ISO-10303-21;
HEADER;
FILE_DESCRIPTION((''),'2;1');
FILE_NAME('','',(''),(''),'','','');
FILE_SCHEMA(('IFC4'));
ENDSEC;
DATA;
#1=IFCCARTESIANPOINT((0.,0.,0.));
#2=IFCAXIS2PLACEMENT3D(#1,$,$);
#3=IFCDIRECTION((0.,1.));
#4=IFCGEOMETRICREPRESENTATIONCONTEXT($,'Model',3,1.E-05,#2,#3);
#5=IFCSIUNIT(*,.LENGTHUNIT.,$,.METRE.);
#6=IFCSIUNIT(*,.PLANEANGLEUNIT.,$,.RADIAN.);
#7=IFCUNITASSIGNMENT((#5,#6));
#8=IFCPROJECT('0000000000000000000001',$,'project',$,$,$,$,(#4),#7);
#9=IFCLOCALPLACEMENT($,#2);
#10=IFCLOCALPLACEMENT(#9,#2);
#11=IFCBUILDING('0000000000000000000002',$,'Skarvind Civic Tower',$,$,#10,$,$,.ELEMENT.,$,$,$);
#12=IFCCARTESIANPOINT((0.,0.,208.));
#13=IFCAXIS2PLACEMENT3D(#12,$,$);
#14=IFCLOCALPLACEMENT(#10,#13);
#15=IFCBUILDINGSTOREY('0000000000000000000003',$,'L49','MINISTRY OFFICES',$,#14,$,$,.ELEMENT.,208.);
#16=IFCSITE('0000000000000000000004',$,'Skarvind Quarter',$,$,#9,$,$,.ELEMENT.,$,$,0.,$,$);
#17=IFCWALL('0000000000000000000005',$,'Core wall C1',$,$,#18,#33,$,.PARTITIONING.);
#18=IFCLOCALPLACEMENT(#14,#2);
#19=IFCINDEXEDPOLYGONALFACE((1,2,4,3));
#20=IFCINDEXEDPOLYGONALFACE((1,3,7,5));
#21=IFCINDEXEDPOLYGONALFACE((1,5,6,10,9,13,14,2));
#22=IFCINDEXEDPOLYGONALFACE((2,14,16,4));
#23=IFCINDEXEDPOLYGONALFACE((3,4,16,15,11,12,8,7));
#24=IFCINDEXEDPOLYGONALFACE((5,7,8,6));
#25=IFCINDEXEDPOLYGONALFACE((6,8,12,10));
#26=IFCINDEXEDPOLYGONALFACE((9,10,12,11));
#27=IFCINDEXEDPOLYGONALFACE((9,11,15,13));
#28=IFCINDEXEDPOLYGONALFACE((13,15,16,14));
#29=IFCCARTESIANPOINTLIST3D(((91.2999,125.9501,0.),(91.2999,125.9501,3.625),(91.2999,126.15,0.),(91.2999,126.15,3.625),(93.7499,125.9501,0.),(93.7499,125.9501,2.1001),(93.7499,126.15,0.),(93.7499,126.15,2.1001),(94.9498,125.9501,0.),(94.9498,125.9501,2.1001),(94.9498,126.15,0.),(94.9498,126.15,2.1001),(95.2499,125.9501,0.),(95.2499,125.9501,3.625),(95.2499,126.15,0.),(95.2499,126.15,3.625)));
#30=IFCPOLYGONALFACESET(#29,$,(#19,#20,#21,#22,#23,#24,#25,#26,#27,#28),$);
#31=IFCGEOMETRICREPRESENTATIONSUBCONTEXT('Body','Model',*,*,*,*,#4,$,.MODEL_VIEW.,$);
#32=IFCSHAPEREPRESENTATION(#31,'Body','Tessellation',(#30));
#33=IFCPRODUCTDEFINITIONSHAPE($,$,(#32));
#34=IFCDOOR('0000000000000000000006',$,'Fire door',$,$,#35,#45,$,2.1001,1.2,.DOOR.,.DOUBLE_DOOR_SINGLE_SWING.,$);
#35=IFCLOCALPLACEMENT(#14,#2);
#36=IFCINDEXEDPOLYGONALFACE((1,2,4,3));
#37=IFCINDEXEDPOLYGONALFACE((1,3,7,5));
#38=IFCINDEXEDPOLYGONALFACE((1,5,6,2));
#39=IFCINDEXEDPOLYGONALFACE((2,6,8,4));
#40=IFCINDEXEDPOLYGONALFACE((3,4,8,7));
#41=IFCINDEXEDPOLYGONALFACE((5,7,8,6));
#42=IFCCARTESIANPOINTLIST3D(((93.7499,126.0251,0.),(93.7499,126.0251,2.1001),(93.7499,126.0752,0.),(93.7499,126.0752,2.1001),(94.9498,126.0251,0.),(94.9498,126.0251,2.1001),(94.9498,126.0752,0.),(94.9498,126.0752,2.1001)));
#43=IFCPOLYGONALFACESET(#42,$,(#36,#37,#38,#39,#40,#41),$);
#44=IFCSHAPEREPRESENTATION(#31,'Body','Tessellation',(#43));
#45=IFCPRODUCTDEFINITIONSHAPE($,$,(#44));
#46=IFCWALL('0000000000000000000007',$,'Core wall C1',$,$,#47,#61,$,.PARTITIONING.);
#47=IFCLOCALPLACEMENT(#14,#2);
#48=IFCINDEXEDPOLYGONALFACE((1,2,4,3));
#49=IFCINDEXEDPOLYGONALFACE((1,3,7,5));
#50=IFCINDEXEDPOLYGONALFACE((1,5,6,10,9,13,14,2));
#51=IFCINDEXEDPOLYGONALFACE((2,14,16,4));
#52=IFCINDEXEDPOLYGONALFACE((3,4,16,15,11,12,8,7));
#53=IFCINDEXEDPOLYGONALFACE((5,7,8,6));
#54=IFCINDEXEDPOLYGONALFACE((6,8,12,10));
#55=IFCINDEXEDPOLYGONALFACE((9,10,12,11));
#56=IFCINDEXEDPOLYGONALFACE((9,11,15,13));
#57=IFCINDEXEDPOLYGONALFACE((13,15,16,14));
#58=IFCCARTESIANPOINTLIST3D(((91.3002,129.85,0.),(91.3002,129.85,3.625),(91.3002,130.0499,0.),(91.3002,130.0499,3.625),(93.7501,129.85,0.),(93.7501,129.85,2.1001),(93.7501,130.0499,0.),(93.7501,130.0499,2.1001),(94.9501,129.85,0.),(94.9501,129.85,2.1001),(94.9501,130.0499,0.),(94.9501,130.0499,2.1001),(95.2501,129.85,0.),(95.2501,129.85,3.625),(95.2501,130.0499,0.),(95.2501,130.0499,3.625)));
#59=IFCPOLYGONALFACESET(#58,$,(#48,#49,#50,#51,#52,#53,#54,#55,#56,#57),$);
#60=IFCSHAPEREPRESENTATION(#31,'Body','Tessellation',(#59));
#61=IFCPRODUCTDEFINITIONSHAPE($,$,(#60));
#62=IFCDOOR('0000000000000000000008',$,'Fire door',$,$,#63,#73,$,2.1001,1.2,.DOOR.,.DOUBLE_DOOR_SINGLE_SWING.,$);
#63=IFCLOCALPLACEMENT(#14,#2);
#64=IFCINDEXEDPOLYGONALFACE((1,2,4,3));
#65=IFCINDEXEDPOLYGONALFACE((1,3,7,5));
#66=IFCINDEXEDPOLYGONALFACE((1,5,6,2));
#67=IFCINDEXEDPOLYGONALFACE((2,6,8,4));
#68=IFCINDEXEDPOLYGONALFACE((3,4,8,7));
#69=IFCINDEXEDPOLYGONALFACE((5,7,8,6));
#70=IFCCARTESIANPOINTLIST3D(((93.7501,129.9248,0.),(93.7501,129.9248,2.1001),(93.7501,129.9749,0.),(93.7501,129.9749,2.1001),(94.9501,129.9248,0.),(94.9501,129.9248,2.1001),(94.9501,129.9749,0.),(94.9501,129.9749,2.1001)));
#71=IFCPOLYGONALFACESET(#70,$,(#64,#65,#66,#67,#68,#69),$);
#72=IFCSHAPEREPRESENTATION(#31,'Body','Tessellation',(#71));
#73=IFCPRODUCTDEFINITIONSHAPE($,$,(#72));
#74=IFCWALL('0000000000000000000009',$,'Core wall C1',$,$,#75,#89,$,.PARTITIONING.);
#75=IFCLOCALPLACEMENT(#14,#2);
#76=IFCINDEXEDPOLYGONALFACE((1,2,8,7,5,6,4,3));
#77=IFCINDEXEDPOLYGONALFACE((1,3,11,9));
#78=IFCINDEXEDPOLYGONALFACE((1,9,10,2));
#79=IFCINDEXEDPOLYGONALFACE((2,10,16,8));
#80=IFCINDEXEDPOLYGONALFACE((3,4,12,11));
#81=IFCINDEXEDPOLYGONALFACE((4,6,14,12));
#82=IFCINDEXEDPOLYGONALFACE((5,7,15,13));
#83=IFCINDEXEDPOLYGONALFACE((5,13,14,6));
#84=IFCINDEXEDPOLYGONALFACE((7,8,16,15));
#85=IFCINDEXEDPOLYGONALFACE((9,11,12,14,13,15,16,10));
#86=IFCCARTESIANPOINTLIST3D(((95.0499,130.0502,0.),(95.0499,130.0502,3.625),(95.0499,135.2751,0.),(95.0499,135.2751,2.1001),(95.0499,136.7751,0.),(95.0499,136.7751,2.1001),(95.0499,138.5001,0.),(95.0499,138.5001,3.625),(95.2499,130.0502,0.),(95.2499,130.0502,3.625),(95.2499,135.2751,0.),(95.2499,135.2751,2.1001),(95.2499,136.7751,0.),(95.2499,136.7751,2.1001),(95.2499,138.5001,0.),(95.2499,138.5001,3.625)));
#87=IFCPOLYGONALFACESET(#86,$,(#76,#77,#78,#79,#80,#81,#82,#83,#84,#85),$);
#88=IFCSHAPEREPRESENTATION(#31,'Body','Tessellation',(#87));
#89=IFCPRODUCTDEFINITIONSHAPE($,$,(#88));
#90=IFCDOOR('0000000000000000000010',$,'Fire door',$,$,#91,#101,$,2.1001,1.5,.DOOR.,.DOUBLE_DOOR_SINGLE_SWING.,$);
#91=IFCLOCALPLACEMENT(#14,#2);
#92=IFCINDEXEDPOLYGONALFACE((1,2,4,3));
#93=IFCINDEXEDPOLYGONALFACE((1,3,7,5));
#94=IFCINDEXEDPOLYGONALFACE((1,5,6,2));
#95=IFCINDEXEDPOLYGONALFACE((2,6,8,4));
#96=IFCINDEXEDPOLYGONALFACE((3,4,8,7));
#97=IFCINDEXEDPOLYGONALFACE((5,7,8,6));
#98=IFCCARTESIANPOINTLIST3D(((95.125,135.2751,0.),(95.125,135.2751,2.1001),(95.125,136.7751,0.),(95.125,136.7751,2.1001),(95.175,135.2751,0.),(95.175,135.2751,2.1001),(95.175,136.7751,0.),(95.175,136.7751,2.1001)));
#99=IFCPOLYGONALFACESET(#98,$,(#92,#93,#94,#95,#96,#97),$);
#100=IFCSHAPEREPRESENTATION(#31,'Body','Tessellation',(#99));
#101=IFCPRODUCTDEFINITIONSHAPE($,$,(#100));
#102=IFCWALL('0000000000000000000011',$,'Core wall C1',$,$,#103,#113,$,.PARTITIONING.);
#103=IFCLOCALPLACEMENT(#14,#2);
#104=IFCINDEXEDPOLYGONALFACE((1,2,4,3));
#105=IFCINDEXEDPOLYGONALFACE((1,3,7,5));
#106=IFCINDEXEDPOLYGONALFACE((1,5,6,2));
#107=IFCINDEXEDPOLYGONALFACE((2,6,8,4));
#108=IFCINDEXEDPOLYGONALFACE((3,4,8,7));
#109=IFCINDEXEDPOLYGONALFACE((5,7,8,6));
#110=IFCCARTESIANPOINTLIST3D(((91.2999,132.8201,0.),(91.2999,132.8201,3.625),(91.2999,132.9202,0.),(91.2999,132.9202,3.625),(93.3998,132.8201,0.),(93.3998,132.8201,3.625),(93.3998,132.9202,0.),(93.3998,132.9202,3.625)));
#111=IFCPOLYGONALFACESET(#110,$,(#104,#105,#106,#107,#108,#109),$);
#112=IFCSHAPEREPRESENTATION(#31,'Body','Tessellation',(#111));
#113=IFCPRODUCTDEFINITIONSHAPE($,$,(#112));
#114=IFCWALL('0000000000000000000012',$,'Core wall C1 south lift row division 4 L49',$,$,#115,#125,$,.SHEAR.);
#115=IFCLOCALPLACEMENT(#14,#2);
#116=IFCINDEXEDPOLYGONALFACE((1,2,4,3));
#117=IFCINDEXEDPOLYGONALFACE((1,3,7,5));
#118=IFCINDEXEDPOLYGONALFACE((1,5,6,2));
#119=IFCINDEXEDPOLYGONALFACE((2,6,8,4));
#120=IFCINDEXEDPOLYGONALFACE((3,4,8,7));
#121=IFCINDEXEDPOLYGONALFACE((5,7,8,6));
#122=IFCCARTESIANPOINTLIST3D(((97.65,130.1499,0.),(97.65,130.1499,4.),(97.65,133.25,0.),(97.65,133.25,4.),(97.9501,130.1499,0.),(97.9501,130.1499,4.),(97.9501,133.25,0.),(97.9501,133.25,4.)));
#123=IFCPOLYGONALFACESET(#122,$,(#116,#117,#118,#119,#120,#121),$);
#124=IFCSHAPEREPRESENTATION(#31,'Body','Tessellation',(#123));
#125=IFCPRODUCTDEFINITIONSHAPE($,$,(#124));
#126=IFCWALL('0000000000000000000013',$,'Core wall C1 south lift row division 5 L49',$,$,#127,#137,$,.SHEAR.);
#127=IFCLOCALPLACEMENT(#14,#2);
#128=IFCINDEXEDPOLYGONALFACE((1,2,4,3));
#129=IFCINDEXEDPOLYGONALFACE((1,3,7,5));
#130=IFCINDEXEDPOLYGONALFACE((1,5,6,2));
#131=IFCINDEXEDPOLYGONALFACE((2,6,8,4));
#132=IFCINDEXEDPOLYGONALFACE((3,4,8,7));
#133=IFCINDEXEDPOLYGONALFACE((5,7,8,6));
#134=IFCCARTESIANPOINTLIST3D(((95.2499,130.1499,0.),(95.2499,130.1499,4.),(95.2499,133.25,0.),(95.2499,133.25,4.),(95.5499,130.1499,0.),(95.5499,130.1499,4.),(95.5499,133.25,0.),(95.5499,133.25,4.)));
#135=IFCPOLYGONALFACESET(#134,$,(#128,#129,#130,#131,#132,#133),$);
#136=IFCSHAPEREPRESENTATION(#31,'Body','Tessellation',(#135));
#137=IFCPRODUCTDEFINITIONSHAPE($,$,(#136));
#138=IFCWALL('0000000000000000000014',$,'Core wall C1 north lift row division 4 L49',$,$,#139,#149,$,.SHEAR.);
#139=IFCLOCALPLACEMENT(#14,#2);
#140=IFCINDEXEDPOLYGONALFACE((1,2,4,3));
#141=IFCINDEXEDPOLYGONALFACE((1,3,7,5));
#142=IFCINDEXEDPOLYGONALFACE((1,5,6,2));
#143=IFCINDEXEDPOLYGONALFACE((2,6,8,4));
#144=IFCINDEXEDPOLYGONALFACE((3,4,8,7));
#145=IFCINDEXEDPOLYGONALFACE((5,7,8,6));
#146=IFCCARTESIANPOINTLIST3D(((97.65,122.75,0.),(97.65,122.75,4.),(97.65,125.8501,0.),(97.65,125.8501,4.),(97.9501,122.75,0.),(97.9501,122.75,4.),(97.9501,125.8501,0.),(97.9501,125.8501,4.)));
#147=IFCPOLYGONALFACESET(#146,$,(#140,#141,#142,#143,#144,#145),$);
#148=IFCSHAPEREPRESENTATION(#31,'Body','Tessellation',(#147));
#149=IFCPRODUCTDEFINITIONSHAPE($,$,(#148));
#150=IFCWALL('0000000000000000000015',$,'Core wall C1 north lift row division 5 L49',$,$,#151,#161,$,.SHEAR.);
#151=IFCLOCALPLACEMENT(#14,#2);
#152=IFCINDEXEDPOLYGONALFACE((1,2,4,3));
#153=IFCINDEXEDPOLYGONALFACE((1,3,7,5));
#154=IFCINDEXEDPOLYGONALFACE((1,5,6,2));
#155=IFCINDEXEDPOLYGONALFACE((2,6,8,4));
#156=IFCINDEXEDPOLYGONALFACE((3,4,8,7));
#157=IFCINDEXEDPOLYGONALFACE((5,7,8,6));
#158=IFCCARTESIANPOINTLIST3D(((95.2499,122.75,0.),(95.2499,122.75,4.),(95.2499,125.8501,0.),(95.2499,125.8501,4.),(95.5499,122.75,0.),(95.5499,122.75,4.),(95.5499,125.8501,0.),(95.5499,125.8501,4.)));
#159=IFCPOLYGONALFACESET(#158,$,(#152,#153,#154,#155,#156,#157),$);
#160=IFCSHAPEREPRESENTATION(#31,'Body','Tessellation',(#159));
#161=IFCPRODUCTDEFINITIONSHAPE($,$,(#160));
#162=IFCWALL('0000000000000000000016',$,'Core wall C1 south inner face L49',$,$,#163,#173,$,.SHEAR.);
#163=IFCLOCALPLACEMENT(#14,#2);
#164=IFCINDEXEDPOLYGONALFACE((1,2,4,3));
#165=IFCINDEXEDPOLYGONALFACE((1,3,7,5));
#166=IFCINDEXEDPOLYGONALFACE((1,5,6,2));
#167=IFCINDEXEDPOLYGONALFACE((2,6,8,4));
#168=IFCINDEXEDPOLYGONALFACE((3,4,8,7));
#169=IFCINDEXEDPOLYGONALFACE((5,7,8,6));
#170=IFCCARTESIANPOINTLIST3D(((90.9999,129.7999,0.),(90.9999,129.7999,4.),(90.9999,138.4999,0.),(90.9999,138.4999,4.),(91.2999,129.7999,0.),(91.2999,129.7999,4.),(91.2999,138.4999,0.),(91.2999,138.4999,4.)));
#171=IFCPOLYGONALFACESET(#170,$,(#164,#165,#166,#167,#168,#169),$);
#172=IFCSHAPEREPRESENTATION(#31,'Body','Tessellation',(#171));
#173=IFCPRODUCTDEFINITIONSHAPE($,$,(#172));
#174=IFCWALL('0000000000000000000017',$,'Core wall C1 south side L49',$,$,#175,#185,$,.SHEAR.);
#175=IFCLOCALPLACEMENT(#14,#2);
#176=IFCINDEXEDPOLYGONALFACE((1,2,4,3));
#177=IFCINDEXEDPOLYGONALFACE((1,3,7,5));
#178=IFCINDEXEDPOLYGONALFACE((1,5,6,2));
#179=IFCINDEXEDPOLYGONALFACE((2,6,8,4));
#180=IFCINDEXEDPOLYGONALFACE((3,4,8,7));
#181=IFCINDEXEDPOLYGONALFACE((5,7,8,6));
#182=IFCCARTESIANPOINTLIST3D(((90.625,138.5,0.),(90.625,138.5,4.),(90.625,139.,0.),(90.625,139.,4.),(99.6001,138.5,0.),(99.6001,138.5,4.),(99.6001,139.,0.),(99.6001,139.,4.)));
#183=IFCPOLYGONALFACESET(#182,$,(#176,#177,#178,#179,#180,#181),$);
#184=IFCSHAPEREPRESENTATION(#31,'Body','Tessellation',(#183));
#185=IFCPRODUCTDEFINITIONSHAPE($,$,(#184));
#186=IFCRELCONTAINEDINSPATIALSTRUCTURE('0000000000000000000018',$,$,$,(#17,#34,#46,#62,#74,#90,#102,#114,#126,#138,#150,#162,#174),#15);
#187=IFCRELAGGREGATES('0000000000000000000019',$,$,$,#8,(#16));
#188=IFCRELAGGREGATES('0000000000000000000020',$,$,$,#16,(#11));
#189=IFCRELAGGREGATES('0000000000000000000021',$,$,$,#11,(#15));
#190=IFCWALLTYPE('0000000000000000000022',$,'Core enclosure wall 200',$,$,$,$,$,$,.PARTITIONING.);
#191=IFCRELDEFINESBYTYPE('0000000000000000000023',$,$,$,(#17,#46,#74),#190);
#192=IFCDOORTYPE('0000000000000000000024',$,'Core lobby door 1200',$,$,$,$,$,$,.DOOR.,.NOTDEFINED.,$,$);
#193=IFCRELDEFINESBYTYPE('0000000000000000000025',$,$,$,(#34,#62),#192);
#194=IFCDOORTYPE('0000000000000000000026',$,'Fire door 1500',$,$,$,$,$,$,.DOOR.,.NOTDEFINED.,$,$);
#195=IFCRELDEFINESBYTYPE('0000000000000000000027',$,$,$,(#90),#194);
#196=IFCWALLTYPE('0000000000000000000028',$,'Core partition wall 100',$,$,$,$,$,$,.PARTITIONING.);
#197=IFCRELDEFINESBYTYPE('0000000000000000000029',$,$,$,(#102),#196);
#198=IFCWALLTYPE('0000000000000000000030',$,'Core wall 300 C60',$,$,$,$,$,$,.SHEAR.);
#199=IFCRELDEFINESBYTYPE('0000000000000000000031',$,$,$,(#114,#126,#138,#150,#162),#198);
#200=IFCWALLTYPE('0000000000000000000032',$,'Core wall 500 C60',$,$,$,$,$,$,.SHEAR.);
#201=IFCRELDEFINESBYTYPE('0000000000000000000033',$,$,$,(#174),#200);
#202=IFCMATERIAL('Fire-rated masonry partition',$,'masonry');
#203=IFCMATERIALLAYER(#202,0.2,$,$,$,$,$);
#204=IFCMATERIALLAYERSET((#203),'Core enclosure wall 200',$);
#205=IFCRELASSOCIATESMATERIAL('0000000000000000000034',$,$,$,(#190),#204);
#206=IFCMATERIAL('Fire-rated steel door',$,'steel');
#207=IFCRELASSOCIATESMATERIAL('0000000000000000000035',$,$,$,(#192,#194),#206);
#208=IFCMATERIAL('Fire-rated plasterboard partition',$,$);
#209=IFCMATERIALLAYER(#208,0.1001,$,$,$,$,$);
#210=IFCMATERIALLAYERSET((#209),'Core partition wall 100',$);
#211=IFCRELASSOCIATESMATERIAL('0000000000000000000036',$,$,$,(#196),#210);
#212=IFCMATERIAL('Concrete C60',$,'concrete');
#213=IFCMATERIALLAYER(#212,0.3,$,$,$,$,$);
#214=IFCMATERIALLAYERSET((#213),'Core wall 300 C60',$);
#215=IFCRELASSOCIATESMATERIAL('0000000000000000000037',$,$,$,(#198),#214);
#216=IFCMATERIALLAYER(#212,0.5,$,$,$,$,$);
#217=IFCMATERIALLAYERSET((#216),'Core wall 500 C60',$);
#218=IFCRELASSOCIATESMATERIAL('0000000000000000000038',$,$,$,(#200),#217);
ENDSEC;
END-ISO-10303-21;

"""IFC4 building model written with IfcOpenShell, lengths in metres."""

from ifc_helpers import new_model, si_unit, direction, frame, frame_2d, origin, place, context, subcontext, project, spatial, rectangle, extrude, material, layer, layer_set, type_object, element, fill, save


model = new_model("IFC4")

# Units and contexts
model_context = context("Model", 3, precision=1e-05, world=origin(), true_north=direction((0.0, 1.0)))
body_context = subcontext(model_context, "Body", "Model", "MODEL_VIEW")
ifc_project = project(units=[si_unit("LENGTHUNIT", "METRE"), si_unit("PLANEANGLEUNIT", "RADIAN")], contexts=[model_context])

# Site, building, storey
site_placement = place(None, origin())
site = spatial("IfcSite", under=ifc_project, at=site_placement, Name="Skarvind Quarter", CompositionType="ELEMENT", RefElevation=0.0)
building_placement = place(site_placement, origin())
building = spatial("IfcBuilding", under=site, at=building_placement, Name="Skarvind Civic Tower", CompositionType="ELEMENT")
storey_placement = place(building_placement, frame((0.0, 0.0, 208.0)))
storey = spatial("IfcBuildingStorey", under=building, at=storey_placement, Name="L49", Description="MINISTRY OFFICES", CompositionType="ELEMENT", Elevation=208.0)

# Walls, openings, doors
ifc_material_1 = material(Name="Fire-rated masonry partition", Category="masonry")
ifc_layer_1 = layer(ifc_material_1, 0.2)
ifc_layer_set_1 = layer_set([ifc_layer_1], Name="Core enclosure wall 200")
wall_type_1 = type_object("IfcWallType", Name="Core enclosure wall 200", PredefinedType="PARTITIONING", material=ifc_layer_set_1)
wall_1_placement = place(storey_placement, frame((95.25, 126.05, 0.0), z_axis=(0.0, 0.0, 1.0), x_axis=(-1.0, 0.0, 0.0)))
wall_1 = element("IfcWall", 1, at=wall_1_placement, inside=storey, type_object=wall_type_1, Name="Core wall C1", PredefinedType="PARTITIONING", context=body_context, shape_type="SweptSolid", body=[
    extrude(rectangle(XDim=3.95, YDim=0.2, at=frame_2d((1.9751, 0.0))), origin(), (0.0, 0.0, 1.0), 3.625),
])
opening_1_placement = place(wall_1_placement, frame((0.3, 0.0, 0.0)))
opening_1 = element("IfcOpeningElement", 2, at=opening_1_placement, cuts=wall_1, PredefinedType="OPENING", context=body_context, shape_type="SweptSolid", body=[
    extrude(rectangle(XDim=1.2, YDim=2.1001, at=frame_2d((0.6001, 1.05))), frame((0.0, 0.1099, 0.0), z_axis=(0.0, -1.0, 0.0), x_axis=(1.0, 0.0, 0.0)), (0.0, 0.0, 1.0), 0.22),
])
ifc_material_2 = material(Name="Fire-rated steel door", Category="steel")
door_type_1 = type_object("IfcDoorType", Name="Core lobby door 1200", OperationType="NOTDEFINED", PredefinedType="DOOR", material=ifc_material_2)
door_1_placement = place(opening_1_placement, origin())
door_1 = element("IfcDoor", 3, at=door_1_placement, inside=storey, type_object=door_type_1, Name="Fire door", OperationType="DOUBLE_DOOR_SINGLE_SWING", OverallHeight=2.1001, OverallWidth=1.2, PredefinedType="DOOR", context=body_context, shape_type="SweptSolid", body=[
    extrude(rectangle(XDim=1.2, YDim=2.1001, at=frame_2d((0.6001, 1.05))), frame((0.0, 0.0249, 0.0), z_axis=(0.0, -1.0, 0.0), x_axis=(1.0, 0.0, 0.0)), (0.0, 0.0, 1.0), 0.05),
])
fill(opening_1, door_1)
wall_2_placement = place(storey_placement, frame((91.3, 129.95, 0.0), z_axis=(0.0, 0.0, 1.0), x_axis=(1.0, 0.0, 0.0)))
wall_2 = element("IfcWall", 4, at=wall_2_placement, inside=storey, type_object=wall_type_1, Name="Core wall C1", PredefinedType="PARTITIONING", context=body_context, shape_type="SweptSolid", body=[
    extrude(rectangle(XDim=3.95, YDim=0.2, at=frame_2d((1.9751, 0.0))), origin(), (0.0, 0.0, 1.0), 3.625),
])
opening_2_placement = place(wall_2_placement, frame((2.45, 0.0, 0.0)))
opening_2 = element("IfcOpeningElement", 5, at=opening_2_placement, cuts=wall_2, PredefinedType="OPENING", context=body_context, shape_type="SweptSolid", body=[
    extrude(rectangle(XDim=1.2, YDim=2.1001, at=frame_2d((0.6001, 1.05))), frame((0.0, 0.1099, 0.0), z_axis=(0.0, -1.0, 0.0), x_axis=(1.0, 0.0, 0.0)), (0.0, 0.0, 1.0), 0.22),
])
door_2_placement = place(opening_2_placement, origin())
door_2 = element("IfcDoor", 6, at=door_2_placement, inside=storey, type_object=door_type_1, Name="Fire door", OperationType="DOUBLE_DOOR_SINGLE_SWING", OverallHeight=2.1001, OverallWidth=1.2, PredefinedType="DOOR", context=body_context, shape_type="SweptSolid", body=[
    extrude(rectangle(XDim=1.2, YDim=2.1001, at=frame_2d((0.6001, 1.05))), frame((0.0, 0.0249, 0.0), z_axis=(0.0, -1.0, 0.0), x_axis=(1.0, 0.0, 0.0)), (0.0, 0.0, 1.0), 0.05),
])
fill(opening_2, door_2)
wall_3_placement = place(storey_placement, frame((95.1499, 130.05, 0.0), z_axis=(0.0, 0.0, 1.0), x_axis=(0.0, 1.0, 0.0)))
wall_3 = element("IfcWall", 7, at=wall_3_placement, inside=storey, type_object=wall_type_1, Name="Core wall C1", PredefinedType="PARTITIONING", context=body_context, shape_type="SweptSolid", body=[
    extrude(rectangle(XDim=8.45, YDim=0.2, at=frame_2d((4.2251, 0.0))), origin(), (0.0, 0.0, 1.0), 3.625),
])
opening_3_placement = place(wall_3_placement, frame((5.2251, 0.0, 0.0)))
opening_3 = element("IfcOpeningElement", 8, at=opening_3_placement, cuts=wall_3, PredefinedType="OPENING", context=body_context, shape_type="SweptSolid", body=[
    extrude(rectangle(XDim=1.5, YDim=2.1001, at=frame_2d((0.75, 1.05))), frame((0.0, 0.1099, 0.0), z_axis=(0.0, -1.0, 0.0), x_axis=(1.0, 0.0, 0.0)), (0.0, 0.0, 1.0), 0.22),
])
door_type_2 = type_object("IfcDoorType", Name="Fire door 1500", OperationType="NOTDEFINED", PredefinedType="DOOR", material=ifc_material_2)
door_3_placement = place(opening_3_placement, origin())
door_3 = element("IfcDoor", 9, at=door_3_placement, inside=storey, type_object=door_type_2, Name="Fire door", OperationType="DOUBLE_DOOR_SINGLE_SWING", OverallHeight=2.1001, OverallWidth=1.5, PredefinedType="DOOR", context=body_context, shape_type="SweptSolid", body=[
    extrude(rectangle(XDim=1.5, YDim=2.1001, at=frame_2d((0.75, 1.05))), frame((0.0, 0.0249, 0.0), z_axis=(0.0, -1.0, 0.0), x_axis=(1.0, 0.0, 0.0)), (0.0, 0.0, 1.0), 0.05),
])
fill(opening_3, door_3)

# Walls
ifc_material_3 = material(Name="Fire-rated plasterboard partition")
ifc_layer_2 = layer(ifc_material_3, 0.1001)
ifc_layer_set_2 = layer_set([ifc_layer_2], Name="Core partition wall 100")
wall_type_2 = type_object("IfcWallType", Name="Core partition wall 100", PredefinedType="PARTITIONING", material=ifc_layer_set_2)
wall_4_placement = place(storey_placement, frame((91.3, 132.8701, 0.0), z_axis=(0.0, 0.0, 1.0), x_axis=(1.0, 0.0, 0.0)))
element("IfcWall", 10, at=wall_4_placement, inside=storey, type_object=wall_type_2, Name="Core wall C1", PredefinedType="PARTITIONING", context=body_context, shape_type="SweptSolid", body=[
    extrude(rectangle(XDim=2.0999, YDim=0.1001, at=frame_2d((1.0498, 0.0))), origin(), (0.0, 0.0, 1.0), 3.625),
])
ifc_material_4 = material(Name="Concrete C60", Category="concrete")
ifc_layer_3 = layer(ifc_material_4, 0.3)
ifc_layer_set_3 = layer_set([ifc_layer_3], Name="Core wall 300 C60")
wall_type_3 = type_object("IfcWallType", Name="Core wall 300 C60", PredefinedType="SHEAR", material=ifc_layer_set_3)
for number, where, z_axis, x_axis, name in (
    (11, (97.8, 133.25, 0.0), (0.0, 0.0, 1.0), (0.0, -1.0, 0.0), "Core wall C1 south lift row division 4 L49"),
    (12, (95.3999, 133.25, 0.0), (0.0, 0.0, 1.0), (0.0, -1.0, 0.0), "Core wall C1 south lift row division 5 L49"),
    (13, (97.8, 125.8501, 0.0), (0.0, 0.0, 1.0), (0.0, -1.0, 0.0), "Core wall C1 north lift row division 4 L49"),
    (14, (95.3999, 125.8501, 0.0), (0.0, 0.0, 1.0), (0.0, -1.0, 0.0), "Core wall C1 north lift row division 5 L49"),
):
    element("IfcWall", number, at=place(storey_placement, frame(where, z_axis=z_axis, x_axis=x_axis)), inside=storey, type_object=wall_type_3, Name=name, PredefinedType="SHEAR", context=body_context, shape_type="SweptSolid", body=[
        extrude(rectangle(XDim=3.1001, YDim=0.3, at=frame_2d((1.55, 0.0))), origin(), (0.0, 0.0, 1.0), 4.0),
    ])
wall_5_placement = place(storey_placement, frame((91.1499, 138.5, 0.0), z_axis=(0.0, 0.0, 1.0), x_axis=(0.0, -1.0, 0.0)))
element("IfcWall", 15, at=wall_5_placement, inside=storey, type_object=wall_type_3, Name="Core wall C1 south inner face L49", PredefinedType="SHEAR", context=body_context, shape_type="SweptSolid", body=[
    extrude(rectangle(XDim=8.7, YDim=0.3, at=frame_2d((4.3501, 0.0))), origin(), (0.0, 0.0, 1.0), 4.0),
])
ifc_layer_4 = layer(ifc_material_4, 0.5)
ifc_layer_set_4 = layer_set([ifc_layer_4], Name="Core wall 500 C60")
wall_type_4 = type_object("IfcWallType", Name="Core wall 500 C60", PredefinedType="SHEAR", material=ifc_layer_set_4)
wall_6_placement = place(storey_placement, frame((99.6001, 138.75, 0.0), z_axis=(0.0, 0.0, 1.0), x_axis=(-1.0, 0.0, 0.0)))
element("IfcWall", 16, at=wall_6_placement, inside=storey, type_object=wall_type_4, Name="Core wall C1 south side L49", PredefinedType="SHEAR", context=body_context, shape_type="SweptSolid", body=[
    extrude(rectangle(XDim=8.9751, YDim=0.5, at=frame_2d((4.4875, 0.0))), origin(), (0.0, 0.0, 1.0), 4.0),
])

save(model, "model.ifc")
